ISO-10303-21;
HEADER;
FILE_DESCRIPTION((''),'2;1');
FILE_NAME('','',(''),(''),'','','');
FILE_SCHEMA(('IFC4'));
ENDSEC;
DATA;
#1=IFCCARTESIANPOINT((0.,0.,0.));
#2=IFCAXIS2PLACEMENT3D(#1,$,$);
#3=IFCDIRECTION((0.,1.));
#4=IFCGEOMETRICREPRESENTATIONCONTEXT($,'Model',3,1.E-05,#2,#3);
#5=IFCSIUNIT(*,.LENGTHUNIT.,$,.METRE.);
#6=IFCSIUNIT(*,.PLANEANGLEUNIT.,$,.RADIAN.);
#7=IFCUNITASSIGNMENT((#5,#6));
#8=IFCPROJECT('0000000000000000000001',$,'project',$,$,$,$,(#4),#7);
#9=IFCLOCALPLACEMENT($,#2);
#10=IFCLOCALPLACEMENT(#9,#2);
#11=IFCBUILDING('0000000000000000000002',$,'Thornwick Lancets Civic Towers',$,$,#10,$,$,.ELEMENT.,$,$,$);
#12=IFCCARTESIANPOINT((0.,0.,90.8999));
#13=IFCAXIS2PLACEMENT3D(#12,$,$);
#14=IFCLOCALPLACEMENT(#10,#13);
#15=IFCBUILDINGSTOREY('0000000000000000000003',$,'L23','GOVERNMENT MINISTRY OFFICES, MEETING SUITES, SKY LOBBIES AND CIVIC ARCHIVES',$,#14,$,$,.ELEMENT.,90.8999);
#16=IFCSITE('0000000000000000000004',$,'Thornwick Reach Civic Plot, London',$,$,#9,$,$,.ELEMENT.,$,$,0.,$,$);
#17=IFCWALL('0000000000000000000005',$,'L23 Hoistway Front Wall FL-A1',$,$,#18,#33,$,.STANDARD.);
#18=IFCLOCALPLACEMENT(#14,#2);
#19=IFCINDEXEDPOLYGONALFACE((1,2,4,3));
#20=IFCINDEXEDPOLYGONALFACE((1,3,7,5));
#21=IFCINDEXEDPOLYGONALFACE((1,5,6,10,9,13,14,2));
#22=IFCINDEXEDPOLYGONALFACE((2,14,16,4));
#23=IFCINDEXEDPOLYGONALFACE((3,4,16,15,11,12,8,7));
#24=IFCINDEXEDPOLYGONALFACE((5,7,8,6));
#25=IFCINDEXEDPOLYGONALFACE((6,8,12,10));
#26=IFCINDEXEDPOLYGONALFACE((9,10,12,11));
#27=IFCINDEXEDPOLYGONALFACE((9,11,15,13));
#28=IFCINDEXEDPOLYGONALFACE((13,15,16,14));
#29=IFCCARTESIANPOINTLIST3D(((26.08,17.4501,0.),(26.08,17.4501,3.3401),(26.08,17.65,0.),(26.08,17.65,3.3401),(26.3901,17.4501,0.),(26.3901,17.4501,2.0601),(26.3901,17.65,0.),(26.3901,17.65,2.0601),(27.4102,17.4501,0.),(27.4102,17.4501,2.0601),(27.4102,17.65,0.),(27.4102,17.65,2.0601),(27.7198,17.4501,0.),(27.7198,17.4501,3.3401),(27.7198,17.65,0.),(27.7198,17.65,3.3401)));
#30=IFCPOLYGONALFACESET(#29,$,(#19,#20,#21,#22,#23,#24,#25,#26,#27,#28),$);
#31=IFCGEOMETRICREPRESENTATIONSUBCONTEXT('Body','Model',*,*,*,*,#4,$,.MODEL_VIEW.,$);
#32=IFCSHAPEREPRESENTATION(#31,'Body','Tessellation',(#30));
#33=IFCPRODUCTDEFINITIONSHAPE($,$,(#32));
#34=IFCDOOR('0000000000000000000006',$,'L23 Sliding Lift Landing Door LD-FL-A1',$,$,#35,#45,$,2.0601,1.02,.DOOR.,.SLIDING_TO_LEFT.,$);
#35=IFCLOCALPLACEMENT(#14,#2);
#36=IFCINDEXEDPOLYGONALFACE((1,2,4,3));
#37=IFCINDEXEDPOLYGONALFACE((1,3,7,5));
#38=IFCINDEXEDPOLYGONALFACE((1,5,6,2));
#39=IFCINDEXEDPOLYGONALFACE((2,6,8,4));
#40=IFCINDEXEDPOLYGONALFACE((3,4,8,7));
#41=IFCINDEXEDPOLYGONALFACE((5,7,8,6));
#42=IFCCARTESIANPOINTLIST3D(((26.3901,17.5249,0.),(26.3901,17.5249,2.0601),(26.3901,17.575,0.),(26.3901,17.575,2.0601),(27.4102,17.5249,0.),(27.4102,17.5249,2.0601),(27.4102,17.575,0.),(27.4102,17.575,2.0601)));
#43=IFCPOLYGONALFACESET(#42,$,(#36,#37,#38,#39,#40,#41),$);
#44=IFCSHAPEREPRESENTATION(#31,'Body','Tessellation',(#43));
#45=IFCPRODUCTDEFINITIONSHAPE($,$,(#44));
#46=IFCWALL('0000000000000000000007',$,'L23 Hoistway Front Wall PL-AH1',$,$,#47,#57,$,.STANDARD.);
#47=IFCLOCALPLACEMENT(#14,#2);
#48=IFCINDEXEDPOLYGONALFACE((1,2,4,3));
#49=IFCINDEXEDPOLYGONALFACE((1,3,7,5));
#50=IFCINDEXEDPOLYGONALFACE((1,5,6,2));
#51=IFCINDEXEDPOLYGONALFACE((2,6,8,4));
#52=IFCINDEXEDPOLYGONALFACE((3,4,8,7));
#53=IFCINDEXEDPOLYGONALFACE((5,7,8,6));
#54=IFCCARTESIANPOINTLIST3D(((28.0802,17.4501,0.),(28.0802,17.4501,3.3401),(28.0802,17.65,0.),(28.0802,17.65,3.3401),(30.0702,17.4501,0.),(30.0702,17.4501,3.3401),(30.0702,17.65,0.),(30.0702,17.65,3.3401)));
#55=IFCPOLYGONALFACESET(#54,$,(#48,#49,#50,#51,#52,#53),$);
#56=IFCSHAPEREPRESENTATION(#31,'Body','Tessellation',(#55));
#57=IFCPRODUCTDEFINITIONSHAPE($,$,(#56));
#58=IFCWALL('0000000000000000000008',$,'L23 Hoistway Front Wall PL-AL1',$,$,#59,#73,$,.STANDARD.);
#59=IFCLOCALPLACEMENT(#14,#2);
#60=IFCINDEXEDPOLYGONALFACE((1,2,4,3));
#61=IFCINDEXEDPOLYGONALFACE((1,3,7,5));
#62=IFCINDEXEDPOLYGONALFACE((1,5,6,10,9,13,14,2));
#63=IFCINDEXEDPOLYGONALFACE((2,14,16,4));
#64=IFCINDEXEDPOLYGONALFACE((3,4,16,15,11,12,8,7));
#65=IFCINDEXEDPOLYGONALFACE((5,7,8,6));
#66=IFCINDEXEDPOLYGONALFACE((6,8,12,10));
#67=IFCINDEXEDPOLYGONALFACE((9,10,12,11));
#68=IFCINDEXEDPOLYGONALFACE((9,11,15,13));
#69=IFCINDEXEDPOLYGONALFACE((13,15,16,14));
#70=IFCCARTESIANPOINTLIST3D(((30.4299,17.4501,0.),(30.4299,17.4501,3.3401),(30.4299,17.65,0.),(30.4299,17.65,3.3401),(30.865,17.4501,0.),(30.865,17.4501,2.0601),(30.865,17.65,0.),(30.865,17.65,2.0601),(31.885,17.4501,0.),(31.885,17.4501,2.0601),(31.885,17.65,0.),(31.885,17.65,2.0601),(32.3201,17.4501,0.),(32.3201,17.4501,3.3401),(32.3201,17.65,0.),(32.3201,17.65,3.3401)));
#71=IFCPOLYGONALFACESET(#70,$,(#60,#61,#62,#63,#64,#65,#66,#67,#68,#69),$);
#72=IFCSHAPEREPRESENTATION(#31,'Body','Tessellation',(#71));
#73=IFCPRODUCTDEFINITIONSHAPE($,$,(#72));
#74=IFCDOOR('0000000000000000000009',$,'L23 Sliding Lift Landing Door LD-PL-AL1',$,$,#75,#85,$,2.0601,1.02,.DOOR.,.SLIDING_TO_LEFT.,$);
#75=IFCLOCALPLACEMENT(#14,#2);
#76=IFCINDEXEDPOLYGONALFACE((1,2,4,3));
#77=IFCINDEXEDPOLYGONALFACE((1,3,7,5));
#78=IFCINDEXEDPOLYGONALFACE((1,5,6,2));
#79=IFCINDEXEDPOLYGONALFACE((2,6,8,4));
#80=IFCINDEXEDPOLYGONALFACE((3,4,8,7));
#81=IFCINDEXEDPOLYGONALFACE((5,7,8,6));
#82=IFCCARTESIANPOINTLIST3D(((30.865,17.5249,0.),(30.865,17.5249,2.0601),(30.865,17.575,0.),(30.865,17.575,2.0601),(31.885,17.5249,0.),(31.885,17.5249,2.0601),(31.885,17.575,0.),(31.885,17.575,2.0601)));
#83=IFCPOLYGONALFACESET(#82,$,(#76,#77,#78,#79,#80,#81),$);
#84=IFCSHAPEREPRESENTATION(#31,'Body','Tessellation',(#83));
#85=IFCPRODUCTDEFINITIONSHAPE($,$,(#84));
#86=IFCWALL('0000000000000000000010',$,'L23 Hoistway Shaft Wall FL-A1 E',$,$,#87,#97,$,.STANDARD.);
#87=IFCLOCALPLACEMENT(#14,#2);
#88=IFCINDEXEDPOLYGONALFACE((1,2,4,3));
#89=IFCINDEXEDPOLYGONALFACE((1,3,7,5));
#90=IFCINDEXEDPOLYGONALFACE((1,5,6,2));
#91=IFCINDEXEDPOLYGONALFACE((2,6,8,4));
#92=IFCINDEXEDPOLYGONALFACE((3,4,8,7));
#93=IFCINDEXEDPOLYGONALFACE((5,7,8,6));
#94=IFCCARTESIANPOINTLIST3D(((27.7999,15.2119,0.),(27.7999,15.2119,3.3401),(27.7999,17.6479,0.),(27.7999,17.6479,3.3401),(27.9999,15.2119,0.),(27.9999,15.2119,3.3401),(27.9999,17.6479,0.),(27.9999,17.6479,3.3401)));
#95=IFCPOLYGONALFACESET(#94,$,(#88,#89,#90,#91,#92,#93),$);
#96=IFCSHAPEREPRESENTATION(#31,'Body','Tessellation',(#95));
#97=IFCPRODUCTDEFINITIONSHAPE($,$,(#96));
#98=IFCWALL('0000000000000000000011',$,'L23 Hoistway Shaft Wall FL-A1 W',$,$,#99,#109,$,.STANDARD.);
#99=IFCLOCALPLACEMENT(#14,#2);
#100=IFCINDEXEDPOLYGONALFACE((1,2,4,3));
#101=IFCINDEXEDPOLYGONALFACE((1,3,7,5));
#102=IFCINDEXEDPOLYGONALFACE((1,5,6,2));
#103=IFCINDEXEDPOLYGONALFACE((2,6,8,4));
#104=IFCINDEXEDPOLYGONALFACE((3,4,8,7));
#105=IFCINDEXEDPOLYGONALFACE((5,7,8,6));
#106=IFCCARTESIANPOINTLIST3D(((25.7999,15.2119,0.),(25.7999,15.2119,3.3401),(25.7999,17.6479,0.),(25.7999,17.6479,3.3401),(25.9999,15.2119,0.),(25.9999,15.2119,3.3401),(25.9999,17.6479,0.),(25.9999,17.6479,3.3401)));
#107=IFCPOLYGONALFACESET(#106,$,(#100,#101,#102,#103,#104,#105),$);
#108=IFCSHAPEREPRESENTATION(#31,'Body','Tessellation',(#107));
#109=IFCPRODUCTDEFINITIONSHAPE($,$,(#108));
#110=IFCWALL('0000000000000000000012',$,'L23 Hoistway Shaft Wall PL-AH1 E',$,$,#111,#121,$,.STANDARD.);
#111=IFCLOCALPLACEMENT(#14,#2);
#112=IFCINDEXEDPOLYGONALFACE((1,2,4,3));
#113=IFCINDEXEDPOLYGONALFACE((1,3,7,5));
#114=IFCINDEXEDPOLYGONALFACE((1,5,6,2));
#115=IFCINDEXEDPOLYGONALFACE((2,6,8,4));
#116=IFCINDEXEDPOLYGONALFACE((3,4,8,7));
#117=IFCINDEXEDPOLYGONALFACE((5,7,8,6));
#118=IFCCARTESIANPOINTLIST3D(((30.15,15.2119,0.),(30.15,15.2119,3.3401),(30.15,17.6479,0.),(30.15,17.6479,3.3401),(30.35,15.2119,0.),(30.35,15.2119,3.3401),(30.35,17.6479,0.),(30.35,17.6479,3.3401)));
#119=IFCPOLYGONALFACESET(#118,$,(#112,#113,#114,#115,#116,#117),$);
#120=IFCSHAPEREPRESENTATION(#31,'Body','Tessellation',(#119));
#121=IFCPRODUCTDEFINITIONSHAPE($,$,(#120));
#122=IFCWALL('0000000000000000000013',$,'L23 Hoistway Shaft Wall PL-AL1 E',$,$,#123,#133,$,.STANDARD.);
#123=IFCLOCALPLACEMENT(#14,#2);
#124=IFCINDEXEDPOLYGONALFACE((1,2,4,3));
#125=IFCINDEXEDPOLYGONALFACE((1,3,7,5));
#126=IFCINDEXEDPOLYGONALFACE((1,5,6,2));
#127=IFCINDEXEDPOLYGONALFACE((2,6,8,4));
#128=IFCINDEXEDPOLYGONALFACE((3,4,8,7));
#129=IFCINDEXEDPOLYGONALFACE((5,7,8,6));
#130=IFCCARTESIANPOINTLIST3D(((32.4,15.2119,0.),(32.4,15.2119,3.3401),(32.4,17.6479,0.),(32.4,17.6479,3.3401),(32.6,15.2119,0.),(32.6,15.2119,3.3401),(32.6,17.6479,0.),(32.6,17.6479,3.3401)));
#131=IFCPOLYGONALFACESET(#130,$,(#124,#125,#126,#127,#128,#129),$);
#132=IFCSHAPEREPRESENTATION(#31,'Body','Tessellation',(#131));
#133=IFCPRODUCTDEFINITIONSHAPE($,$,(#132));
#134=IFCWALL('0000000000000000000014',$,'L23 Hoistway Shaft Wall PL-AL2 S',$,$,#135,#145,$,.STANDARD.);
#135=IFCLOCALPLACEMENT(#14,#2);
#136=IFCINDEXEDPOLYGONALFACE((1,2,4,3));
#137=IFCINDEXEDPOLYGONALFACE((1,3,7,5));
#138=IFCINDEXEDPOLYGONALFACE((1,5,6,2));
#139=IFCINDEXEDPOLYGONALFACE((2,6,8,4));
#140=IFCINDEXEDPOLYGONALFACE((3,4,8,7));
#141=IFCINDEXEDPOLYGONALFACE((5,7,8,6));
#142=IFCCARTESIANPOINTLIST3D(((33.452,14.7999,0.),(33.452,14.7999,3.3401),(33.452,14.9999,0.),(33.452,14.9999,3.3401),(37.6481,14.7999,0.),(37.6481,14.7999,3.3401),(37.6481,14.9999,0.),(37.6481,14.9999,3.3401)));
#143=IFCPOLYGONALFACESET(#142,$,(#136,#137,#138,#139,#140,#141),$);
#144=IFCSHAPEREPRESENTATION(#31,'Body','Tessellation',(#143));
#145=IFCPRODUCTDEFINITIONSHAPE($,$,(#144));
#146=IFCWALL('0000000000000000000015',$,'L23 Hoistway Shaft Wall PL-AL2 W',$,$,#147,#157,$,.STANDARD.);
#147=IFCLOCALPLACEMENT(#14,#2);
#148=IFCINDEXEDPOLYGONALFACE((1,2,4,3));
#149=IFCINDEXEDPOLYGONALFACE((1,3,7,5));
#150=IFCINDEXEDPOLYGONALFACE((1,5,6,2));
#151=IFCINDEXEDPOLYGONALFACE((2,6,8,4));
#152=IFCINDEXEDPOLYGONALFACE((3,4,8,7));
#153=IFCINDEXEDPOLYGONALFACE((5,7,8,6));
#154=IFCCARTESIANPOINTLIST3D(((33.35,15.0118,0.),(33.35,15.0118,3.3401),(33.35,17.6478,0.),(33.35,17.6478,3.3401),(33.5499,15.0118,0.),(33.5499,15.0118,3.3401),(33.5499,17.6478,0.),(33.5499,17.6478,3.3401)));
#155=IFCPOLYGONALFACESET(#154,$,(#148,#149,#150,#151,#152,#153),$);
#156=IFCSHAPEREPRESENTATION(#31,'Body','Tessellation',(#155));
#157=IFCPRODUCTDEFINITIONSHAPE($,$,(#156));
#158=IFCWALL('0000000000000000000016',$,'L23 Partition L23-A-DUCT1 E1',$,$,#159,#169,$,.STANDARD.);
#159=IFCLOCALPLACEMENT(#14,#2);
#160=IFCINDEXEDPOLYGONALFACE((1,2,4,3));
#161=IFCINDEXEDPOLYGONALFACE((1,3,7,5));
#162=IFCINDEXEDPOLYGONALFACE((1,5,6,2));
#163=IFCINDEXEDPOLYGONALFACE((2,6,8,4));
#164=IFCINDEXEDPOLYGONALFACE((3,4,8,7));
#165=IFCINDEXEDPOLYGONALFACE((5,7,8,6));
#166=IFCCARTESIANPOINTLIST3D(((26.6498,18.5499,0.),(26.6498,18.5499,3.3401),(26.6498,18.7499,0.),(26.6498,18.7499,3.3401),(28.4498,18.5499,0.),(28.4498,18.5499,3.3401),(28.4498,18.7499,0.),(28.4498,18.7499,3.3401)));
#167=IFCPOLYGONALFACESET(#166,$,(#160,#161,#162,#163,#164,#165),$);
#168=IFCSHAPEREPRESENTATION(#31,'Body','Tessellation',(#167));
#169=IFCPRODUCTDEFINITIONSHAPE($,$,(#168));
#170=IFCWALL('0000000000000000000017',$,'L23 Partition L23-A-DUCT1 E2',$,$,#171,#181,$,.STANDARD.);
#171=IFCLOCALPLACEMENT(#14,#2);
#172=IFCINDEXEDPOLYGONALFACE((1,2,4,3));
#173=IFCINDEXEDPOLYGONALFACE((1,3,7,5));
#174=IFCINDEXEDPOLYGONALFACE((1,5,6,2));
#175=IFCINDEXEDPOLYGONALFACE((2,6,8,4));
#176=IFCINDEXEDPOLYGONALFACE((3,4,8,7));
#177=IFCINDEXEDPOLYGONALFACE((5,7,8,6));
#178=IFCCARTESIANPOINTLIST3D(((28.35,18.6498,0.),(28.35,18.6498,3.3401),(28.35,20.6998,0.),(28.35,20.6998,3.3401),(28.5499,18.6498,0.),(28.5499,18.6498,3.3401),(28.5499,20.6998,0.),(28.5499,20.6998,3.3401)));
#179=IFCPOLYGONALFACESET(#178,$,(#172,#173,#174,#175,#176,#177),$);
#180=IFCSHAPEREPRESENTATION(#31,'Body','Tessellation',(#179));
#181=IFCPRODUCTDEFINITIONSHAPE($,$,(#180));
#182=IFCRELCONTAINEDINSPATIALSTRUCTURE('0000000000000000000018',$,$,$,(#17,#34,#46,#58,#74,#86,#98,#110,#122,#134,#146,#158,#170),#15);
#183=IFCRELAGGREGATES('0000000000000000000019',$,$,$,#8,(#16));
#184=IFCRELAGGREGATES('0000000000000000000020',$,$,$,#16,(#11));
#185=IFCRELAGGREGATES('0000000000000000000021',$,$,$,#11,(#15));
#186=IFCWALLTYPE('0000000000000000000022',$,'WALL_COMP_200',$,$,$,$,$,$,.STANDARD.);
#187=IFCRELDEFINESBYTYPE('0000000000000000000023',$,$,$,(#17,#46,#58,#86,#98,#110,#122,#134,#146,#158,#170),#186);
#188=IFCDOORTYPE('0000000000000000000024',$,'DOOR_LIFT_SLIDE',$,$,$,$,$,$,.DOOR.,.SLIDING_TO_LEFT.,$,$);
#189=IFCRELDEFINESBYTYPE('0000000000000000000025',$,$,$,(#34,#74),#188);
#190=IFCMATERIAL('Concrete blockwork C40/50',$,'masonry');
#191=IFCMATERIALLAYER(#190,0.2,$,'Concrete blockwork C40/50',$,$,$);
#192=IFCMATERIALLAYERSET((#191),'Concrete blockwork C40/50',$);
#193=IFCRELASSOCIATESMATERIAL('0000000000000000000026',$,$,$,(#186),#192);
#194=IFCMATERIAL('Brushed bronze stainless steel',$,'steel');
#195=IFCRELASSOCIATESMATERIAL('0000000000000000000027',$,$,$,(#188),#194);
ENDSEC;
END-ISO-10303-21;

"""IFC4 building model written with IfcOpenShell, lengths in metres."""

from ifc_helpers import new_model, si_unit, direction, frame, frame_2d, origin, place, context, subcontext, project, spatial, rectangle, extrude, material, layer, layer_set, type_object, element, fill, save


model = new_model("IFC4")

# Units and contexts
model_context = context("Model", 3, precision=1e-05, world=origin(), true_north=direction((0.0, 1.0)))
body_context = subcontext(model_context, "Body", "Model", "MODEL_VIEW")
ifc_project = project(units=[si_unit("LENGTHUNIT", "METRE"), si_unit("PLANEANGLEUNIT", "RADIAN")], contexts=[model_context])

# Site, building, storey
site_placement = place(None, origin())
site = spatial("IfcSite", under=ifc_project, at=site_placement, Name="Thornwick Reach Civic Plot, London", CompositionType="ELEMENT", RefElevation=0.0)
building_placement = place(site_placement, origin())
building = spatial("IfcBuilding", under=site, at=building_placement, Name="Thornwick Lancets Civic Towers", CompositionType="ELEMENT")
storey_placement = place(building_placement, frame((0.0, 0.0, 90.8999)))
storey = spatial("IfcBuildingStorey", under=building, at=storey_placement, Name="L23", Description="GOVERNMENT MINISTRY OFFICES, MEETING SUITES, SKY LOBBIES AND CIVIC ARCHIVES", CompositionType="ELEMENT", Elevation=90.8999)

# Wall, opening, door
ifc_material_1 = material(Name="Concrete blockwork C40/50", Category="masonry")
ifc_layer_1 = layer(ifc_material_1, 0.2, Name="Concrete blockwork C40/50")
ifc_layer_set_1 = layer_set([ifc_layer_1], Name="Concrete blockwork C40/50")
wall_type_1 = type_object("IfcWallType", Name="WALL_COMP_200", PredefinedType="STANDARD", material=ifc_layer_set_1)
wall_1_placement = place(storey_placement, frame((26.0801, 17.55, 0.0), z_axis=(0.0, 0.0, 1.0), x_axis=(1.0, 0.0, 0.0)))
wall_1 = element("IfcWall", 1, at=wall_1_placement, inside=storey, type_object=wall_type_1, Name="L23 Hoistway Front Wall FL-A1", PredefinedType="STANDARD", context=body_context, shape_type="SweptSolid", body=[
    extrude(rectangle(XDim=1.6399, YDim=0.2, at=frame_2d((0.8198, 0.0))), origin(), (0.0, 0.0, 1.0), 3.3401),
])
opening_1_placement = place(wall_1_placement, frame((0.3101, 0.0, 0.0)))
opening_1 = element("IfcOpeningElement", 2, at=opening_1_placement, cuts=wall_1, PredefinedType="OPENING", context=body_context, shape_type="SweptSolid", body=[
    extrude(rectangle(XDim=1.02, YDim=2.0601, at=frame_2d((0.51, 1.03))), frame((0.0, 0.1099, 0.0), z_axis=(0.0, -1.0, 0.0), x_axis=(1.0, 0.0, 0.0)), (0.0, 0.0, 1.0), 0.22),
])
ifc_material_2 = material(Name="Brushed bronze stainless steel", Category="steel")
door_type_1 = type_object("IfcDoorType", Name="DOOR_LIFT_SLIDE", OperationType="SLIDING_TO_LEFT", PredefinedType="DOOR", material=ifc_material_2)
door_1_placement = place(opening_1_placement, origin())
door_1 = element("IfcDoor", 3, at=door_1_placement, inside=storey, type_object=door_type_1, Name="L23 Sliding Lift Landing Door LD-FL-A1", OperationType="SLIDING_TO_LEFT", OverallHeight=2.0601, OverallWidth=1.02, PredefinedType="DOOR", context=body_context, shape_type="SweptSolid", body=[
    extrude(rectangle(XDim=1.02, YDim=2.0601, at=frame_2d((0.51, 1.03))), frame((0.0, 0.0249, 0.0), z_axis=(0.0, -1.0, 0.0), x_axis=(1.0, 0.0, 0.0)), (0.0, 0.0, 1.0), 0.05),
])
fill(opening_1, door_1)

# Wall
wall_2_placement = place(storey_placement, frame((28.0801, 17.55, 0.0), z_axis=(0.0, 0.0, 1.0), x_axis=(1.0, 0.0, 0.0)))
element("IfcWall", 4, at=wall_2_placement, inside=storey, type_object=wall_type_1, Name="L23 Hoistway Front Wall PL-AH1", PredefinedType="STANDARD", context=body_context, shape_type="SweptSolid", body=[
    extrude(rectangle(XDim=1.99, YDim=0.2, at=frame_2d((0.9951, 0.0))), origin(), (0.0, 0.0, 1.0), 3.3401),
])

# Wall, opening, door
wall_3_placement = place(storey_placement, frame((30.4299, 17.55, 0.0), z_axis=(0.0, 0.0, 1.0), x_axis=(1.0, 0.0, 0.0)))
wall_3 = element("IfcWall", 5, at=wall_3_placement, inside=storey, type_object=wall_type_1, Name="L23 Hoistway Front Wall PL-AL1", PredefinedType="STANDARD", context=body_context, shape_type="SweptSolid", body=[
    extrude(rectangle(XDim=1.8901, YDim=0.2, at=frame_2d((0.9451, 0.0))), origin(), (0.0, 0.0, 1.0), 3.3401),
])
opening_2_placement = place(wall_3_placement, frame((0.4351, 0.0, 0.0)))
opening_2 = element("IfcOpeningElement", 6, at=opening_2_placement, cuts=wall_3, PredefinedType="OPENING", context=body_context, shape_type="SweptSolid", body=[
    extrude(rectangle(XDim=1.02, YDim=2.0601, at=frame_2d((0.51, 1.03))), frame((0.0, 0.1099, 0.0), z_axis=(0.0, -1.0, 0.0), x_axis=(1.0, 0.0, 0.0)), (0.0, 0.0, 1.0), 0.22),
])
door_2_placement = place(opening_2_placement, origin())
door_2 = element("IfcDoor", 7, at=door_2_placement, inside=storey, type_object=door_type_1, Name="L23 Sliding Lift Landing Door LD-PL-AL1", OperationType="SLIDING_TO_LEFT", OverallHeight=2.0601, OverallWidth=1.02, PredefinedType="DOOR", context=body_context, shape_type="SweptSolid", body=[
    extrude(rectangle(XDim=1.02, YDim=2.0601, at=frame_2d((0.51, 1.03))), frame((0.0, 0.0249, 0.0), z_axis=(0.0, -1.0, 0.0), x_axis=(1.0, 0.0, 0.0)), (0.0, 0.0, 1.0), 0.05),
])
fill(opening_2, door_2)

# Walls
for number, where, z_axis, x_axis, name in (
    (8, (27.8999, 15.2119, 0.0), (0.0, 0.0, 1.0), (0.0, 1.0, 0.0), "L23 Hoistway Shaft Wall FL-A1 E"),
    (9, (25.8999, 15.2119, 0.0), (0.0, 0.0, 1.0), (0.0, 1.0, 0.0), "L23 Hoistway Shaft Wall FL-A1 W"),
    (10, (30.25, 15.2119, 0.0), (0.0, 0.0, 1.0), (0.0, 1.0, 0.0), "L23 Hoistway Shaft Wall PL-AH1 E"),
    (11, (32.5, 15.2119, 0.0), (0.0, 0.0, 1.0), (0.0, 1.0, 0.0), "L23 Hoistway Shaft Wall PL-AL1 E"),
):
    element("IfcWall", number, at=place(storey_placement, frame(where, z_axis=z_axis, x_axis=x_axis)), inside=storey, type_object=wall_type_1, Name=name, PredefinedType="STANDARD", context=body_context, shape_type="SweptSolid", body=[
        extrude(rectangle(XDim=2.436, YDim=0.2, at=frame_2d((1.218, 0.0))), origin(), (0.0, 0.0, 1.0), 3.3401),
    ])
wall_4_placement = place(storey_placement, frame((33.4519, 14.8999, 0.0), z_axis=(0.0, 0.0, 1.0), x_axis=(1.0, 0.0, 0.0)))
element("IfcWall", 12, at=wall_4_placement, inside=storey, type_object=wall_type_1, Name="L23 Hoistway Shaft Wall PL-AL2 S", PredefinedType="STANDARD", context=body_context, shape_type="SweptSolid", body=[
    extrude(rectangle(XDim=4.196, YDim=0.2, at=frame_2d((2.0981, 0.0))), origin(), (0.0, 0.0, 1.0), 3.3401),
])
wall_5_placement = place(storey_placement, frame((33.45, 15.012, 0.0), z_axis=(0.0, 0.0, 1.0), x_axis=(0.0, 1.0, 0.0)))
element("IfcWall", 13, at=wall_5_placement, inside=storey, type_object=wall_type_1, Name="L23 Hoistway Shaft Wall PL-AL2 W", PredefinedType="STANDARD", context=body_context, shape_type="SweptSolid", body=[
    extrude(rectangle(XDim=2.636, YDim=0.2, at=frame_2d((1.3179, 0.0))), origin(), (0.0, 0.0, 1.0), 3.3401),
])
wall_6_placement = place(storey_placement, frame((26.6499, 18.6499, 0.0), z_axis=(0.0, 0.0, 1.0), x_axis=(1.0, 0.0, 0.0)))
element("IfcWall", 14, at=wall_6_placement, inside=storey, type_object=wall_type_1, Name="L23 Partition L23-A-DUCT1 E1", PredefinedType="STANDARD", context=body_context, shape_type="SweptSolid", body=[
    extrude(rectangle(XDim=1.8, YDim=0.2, at=frame_2d((0.8999, 0.0))), origin(), (0.0, 0.0, 1.0), 3.3401),
])
wall_7_placement = place(storey_placement, frame((28.45, 18.6499, 0.0), z_axis=(0.0, 0.0, 1.0), x_axis=(0.0, 1.0, 0.0)))
element("IfcWall", 15, at=wall_7_placement, inside=storey, type_object=wall_type_1, Name="L23 Partition L23-A-DUCT1 E2", PredefinedType="STANDARD", context=body_context, shape_type="SweptSolid", body=[
    extrude(rectangle(XDim=2.05, YDim=0.2, at=frame_2d((1.0249, 0.0))), origin(), (0.0, 0.0, 1.0), 3.3401),
])

save(model, "model.ifc")
